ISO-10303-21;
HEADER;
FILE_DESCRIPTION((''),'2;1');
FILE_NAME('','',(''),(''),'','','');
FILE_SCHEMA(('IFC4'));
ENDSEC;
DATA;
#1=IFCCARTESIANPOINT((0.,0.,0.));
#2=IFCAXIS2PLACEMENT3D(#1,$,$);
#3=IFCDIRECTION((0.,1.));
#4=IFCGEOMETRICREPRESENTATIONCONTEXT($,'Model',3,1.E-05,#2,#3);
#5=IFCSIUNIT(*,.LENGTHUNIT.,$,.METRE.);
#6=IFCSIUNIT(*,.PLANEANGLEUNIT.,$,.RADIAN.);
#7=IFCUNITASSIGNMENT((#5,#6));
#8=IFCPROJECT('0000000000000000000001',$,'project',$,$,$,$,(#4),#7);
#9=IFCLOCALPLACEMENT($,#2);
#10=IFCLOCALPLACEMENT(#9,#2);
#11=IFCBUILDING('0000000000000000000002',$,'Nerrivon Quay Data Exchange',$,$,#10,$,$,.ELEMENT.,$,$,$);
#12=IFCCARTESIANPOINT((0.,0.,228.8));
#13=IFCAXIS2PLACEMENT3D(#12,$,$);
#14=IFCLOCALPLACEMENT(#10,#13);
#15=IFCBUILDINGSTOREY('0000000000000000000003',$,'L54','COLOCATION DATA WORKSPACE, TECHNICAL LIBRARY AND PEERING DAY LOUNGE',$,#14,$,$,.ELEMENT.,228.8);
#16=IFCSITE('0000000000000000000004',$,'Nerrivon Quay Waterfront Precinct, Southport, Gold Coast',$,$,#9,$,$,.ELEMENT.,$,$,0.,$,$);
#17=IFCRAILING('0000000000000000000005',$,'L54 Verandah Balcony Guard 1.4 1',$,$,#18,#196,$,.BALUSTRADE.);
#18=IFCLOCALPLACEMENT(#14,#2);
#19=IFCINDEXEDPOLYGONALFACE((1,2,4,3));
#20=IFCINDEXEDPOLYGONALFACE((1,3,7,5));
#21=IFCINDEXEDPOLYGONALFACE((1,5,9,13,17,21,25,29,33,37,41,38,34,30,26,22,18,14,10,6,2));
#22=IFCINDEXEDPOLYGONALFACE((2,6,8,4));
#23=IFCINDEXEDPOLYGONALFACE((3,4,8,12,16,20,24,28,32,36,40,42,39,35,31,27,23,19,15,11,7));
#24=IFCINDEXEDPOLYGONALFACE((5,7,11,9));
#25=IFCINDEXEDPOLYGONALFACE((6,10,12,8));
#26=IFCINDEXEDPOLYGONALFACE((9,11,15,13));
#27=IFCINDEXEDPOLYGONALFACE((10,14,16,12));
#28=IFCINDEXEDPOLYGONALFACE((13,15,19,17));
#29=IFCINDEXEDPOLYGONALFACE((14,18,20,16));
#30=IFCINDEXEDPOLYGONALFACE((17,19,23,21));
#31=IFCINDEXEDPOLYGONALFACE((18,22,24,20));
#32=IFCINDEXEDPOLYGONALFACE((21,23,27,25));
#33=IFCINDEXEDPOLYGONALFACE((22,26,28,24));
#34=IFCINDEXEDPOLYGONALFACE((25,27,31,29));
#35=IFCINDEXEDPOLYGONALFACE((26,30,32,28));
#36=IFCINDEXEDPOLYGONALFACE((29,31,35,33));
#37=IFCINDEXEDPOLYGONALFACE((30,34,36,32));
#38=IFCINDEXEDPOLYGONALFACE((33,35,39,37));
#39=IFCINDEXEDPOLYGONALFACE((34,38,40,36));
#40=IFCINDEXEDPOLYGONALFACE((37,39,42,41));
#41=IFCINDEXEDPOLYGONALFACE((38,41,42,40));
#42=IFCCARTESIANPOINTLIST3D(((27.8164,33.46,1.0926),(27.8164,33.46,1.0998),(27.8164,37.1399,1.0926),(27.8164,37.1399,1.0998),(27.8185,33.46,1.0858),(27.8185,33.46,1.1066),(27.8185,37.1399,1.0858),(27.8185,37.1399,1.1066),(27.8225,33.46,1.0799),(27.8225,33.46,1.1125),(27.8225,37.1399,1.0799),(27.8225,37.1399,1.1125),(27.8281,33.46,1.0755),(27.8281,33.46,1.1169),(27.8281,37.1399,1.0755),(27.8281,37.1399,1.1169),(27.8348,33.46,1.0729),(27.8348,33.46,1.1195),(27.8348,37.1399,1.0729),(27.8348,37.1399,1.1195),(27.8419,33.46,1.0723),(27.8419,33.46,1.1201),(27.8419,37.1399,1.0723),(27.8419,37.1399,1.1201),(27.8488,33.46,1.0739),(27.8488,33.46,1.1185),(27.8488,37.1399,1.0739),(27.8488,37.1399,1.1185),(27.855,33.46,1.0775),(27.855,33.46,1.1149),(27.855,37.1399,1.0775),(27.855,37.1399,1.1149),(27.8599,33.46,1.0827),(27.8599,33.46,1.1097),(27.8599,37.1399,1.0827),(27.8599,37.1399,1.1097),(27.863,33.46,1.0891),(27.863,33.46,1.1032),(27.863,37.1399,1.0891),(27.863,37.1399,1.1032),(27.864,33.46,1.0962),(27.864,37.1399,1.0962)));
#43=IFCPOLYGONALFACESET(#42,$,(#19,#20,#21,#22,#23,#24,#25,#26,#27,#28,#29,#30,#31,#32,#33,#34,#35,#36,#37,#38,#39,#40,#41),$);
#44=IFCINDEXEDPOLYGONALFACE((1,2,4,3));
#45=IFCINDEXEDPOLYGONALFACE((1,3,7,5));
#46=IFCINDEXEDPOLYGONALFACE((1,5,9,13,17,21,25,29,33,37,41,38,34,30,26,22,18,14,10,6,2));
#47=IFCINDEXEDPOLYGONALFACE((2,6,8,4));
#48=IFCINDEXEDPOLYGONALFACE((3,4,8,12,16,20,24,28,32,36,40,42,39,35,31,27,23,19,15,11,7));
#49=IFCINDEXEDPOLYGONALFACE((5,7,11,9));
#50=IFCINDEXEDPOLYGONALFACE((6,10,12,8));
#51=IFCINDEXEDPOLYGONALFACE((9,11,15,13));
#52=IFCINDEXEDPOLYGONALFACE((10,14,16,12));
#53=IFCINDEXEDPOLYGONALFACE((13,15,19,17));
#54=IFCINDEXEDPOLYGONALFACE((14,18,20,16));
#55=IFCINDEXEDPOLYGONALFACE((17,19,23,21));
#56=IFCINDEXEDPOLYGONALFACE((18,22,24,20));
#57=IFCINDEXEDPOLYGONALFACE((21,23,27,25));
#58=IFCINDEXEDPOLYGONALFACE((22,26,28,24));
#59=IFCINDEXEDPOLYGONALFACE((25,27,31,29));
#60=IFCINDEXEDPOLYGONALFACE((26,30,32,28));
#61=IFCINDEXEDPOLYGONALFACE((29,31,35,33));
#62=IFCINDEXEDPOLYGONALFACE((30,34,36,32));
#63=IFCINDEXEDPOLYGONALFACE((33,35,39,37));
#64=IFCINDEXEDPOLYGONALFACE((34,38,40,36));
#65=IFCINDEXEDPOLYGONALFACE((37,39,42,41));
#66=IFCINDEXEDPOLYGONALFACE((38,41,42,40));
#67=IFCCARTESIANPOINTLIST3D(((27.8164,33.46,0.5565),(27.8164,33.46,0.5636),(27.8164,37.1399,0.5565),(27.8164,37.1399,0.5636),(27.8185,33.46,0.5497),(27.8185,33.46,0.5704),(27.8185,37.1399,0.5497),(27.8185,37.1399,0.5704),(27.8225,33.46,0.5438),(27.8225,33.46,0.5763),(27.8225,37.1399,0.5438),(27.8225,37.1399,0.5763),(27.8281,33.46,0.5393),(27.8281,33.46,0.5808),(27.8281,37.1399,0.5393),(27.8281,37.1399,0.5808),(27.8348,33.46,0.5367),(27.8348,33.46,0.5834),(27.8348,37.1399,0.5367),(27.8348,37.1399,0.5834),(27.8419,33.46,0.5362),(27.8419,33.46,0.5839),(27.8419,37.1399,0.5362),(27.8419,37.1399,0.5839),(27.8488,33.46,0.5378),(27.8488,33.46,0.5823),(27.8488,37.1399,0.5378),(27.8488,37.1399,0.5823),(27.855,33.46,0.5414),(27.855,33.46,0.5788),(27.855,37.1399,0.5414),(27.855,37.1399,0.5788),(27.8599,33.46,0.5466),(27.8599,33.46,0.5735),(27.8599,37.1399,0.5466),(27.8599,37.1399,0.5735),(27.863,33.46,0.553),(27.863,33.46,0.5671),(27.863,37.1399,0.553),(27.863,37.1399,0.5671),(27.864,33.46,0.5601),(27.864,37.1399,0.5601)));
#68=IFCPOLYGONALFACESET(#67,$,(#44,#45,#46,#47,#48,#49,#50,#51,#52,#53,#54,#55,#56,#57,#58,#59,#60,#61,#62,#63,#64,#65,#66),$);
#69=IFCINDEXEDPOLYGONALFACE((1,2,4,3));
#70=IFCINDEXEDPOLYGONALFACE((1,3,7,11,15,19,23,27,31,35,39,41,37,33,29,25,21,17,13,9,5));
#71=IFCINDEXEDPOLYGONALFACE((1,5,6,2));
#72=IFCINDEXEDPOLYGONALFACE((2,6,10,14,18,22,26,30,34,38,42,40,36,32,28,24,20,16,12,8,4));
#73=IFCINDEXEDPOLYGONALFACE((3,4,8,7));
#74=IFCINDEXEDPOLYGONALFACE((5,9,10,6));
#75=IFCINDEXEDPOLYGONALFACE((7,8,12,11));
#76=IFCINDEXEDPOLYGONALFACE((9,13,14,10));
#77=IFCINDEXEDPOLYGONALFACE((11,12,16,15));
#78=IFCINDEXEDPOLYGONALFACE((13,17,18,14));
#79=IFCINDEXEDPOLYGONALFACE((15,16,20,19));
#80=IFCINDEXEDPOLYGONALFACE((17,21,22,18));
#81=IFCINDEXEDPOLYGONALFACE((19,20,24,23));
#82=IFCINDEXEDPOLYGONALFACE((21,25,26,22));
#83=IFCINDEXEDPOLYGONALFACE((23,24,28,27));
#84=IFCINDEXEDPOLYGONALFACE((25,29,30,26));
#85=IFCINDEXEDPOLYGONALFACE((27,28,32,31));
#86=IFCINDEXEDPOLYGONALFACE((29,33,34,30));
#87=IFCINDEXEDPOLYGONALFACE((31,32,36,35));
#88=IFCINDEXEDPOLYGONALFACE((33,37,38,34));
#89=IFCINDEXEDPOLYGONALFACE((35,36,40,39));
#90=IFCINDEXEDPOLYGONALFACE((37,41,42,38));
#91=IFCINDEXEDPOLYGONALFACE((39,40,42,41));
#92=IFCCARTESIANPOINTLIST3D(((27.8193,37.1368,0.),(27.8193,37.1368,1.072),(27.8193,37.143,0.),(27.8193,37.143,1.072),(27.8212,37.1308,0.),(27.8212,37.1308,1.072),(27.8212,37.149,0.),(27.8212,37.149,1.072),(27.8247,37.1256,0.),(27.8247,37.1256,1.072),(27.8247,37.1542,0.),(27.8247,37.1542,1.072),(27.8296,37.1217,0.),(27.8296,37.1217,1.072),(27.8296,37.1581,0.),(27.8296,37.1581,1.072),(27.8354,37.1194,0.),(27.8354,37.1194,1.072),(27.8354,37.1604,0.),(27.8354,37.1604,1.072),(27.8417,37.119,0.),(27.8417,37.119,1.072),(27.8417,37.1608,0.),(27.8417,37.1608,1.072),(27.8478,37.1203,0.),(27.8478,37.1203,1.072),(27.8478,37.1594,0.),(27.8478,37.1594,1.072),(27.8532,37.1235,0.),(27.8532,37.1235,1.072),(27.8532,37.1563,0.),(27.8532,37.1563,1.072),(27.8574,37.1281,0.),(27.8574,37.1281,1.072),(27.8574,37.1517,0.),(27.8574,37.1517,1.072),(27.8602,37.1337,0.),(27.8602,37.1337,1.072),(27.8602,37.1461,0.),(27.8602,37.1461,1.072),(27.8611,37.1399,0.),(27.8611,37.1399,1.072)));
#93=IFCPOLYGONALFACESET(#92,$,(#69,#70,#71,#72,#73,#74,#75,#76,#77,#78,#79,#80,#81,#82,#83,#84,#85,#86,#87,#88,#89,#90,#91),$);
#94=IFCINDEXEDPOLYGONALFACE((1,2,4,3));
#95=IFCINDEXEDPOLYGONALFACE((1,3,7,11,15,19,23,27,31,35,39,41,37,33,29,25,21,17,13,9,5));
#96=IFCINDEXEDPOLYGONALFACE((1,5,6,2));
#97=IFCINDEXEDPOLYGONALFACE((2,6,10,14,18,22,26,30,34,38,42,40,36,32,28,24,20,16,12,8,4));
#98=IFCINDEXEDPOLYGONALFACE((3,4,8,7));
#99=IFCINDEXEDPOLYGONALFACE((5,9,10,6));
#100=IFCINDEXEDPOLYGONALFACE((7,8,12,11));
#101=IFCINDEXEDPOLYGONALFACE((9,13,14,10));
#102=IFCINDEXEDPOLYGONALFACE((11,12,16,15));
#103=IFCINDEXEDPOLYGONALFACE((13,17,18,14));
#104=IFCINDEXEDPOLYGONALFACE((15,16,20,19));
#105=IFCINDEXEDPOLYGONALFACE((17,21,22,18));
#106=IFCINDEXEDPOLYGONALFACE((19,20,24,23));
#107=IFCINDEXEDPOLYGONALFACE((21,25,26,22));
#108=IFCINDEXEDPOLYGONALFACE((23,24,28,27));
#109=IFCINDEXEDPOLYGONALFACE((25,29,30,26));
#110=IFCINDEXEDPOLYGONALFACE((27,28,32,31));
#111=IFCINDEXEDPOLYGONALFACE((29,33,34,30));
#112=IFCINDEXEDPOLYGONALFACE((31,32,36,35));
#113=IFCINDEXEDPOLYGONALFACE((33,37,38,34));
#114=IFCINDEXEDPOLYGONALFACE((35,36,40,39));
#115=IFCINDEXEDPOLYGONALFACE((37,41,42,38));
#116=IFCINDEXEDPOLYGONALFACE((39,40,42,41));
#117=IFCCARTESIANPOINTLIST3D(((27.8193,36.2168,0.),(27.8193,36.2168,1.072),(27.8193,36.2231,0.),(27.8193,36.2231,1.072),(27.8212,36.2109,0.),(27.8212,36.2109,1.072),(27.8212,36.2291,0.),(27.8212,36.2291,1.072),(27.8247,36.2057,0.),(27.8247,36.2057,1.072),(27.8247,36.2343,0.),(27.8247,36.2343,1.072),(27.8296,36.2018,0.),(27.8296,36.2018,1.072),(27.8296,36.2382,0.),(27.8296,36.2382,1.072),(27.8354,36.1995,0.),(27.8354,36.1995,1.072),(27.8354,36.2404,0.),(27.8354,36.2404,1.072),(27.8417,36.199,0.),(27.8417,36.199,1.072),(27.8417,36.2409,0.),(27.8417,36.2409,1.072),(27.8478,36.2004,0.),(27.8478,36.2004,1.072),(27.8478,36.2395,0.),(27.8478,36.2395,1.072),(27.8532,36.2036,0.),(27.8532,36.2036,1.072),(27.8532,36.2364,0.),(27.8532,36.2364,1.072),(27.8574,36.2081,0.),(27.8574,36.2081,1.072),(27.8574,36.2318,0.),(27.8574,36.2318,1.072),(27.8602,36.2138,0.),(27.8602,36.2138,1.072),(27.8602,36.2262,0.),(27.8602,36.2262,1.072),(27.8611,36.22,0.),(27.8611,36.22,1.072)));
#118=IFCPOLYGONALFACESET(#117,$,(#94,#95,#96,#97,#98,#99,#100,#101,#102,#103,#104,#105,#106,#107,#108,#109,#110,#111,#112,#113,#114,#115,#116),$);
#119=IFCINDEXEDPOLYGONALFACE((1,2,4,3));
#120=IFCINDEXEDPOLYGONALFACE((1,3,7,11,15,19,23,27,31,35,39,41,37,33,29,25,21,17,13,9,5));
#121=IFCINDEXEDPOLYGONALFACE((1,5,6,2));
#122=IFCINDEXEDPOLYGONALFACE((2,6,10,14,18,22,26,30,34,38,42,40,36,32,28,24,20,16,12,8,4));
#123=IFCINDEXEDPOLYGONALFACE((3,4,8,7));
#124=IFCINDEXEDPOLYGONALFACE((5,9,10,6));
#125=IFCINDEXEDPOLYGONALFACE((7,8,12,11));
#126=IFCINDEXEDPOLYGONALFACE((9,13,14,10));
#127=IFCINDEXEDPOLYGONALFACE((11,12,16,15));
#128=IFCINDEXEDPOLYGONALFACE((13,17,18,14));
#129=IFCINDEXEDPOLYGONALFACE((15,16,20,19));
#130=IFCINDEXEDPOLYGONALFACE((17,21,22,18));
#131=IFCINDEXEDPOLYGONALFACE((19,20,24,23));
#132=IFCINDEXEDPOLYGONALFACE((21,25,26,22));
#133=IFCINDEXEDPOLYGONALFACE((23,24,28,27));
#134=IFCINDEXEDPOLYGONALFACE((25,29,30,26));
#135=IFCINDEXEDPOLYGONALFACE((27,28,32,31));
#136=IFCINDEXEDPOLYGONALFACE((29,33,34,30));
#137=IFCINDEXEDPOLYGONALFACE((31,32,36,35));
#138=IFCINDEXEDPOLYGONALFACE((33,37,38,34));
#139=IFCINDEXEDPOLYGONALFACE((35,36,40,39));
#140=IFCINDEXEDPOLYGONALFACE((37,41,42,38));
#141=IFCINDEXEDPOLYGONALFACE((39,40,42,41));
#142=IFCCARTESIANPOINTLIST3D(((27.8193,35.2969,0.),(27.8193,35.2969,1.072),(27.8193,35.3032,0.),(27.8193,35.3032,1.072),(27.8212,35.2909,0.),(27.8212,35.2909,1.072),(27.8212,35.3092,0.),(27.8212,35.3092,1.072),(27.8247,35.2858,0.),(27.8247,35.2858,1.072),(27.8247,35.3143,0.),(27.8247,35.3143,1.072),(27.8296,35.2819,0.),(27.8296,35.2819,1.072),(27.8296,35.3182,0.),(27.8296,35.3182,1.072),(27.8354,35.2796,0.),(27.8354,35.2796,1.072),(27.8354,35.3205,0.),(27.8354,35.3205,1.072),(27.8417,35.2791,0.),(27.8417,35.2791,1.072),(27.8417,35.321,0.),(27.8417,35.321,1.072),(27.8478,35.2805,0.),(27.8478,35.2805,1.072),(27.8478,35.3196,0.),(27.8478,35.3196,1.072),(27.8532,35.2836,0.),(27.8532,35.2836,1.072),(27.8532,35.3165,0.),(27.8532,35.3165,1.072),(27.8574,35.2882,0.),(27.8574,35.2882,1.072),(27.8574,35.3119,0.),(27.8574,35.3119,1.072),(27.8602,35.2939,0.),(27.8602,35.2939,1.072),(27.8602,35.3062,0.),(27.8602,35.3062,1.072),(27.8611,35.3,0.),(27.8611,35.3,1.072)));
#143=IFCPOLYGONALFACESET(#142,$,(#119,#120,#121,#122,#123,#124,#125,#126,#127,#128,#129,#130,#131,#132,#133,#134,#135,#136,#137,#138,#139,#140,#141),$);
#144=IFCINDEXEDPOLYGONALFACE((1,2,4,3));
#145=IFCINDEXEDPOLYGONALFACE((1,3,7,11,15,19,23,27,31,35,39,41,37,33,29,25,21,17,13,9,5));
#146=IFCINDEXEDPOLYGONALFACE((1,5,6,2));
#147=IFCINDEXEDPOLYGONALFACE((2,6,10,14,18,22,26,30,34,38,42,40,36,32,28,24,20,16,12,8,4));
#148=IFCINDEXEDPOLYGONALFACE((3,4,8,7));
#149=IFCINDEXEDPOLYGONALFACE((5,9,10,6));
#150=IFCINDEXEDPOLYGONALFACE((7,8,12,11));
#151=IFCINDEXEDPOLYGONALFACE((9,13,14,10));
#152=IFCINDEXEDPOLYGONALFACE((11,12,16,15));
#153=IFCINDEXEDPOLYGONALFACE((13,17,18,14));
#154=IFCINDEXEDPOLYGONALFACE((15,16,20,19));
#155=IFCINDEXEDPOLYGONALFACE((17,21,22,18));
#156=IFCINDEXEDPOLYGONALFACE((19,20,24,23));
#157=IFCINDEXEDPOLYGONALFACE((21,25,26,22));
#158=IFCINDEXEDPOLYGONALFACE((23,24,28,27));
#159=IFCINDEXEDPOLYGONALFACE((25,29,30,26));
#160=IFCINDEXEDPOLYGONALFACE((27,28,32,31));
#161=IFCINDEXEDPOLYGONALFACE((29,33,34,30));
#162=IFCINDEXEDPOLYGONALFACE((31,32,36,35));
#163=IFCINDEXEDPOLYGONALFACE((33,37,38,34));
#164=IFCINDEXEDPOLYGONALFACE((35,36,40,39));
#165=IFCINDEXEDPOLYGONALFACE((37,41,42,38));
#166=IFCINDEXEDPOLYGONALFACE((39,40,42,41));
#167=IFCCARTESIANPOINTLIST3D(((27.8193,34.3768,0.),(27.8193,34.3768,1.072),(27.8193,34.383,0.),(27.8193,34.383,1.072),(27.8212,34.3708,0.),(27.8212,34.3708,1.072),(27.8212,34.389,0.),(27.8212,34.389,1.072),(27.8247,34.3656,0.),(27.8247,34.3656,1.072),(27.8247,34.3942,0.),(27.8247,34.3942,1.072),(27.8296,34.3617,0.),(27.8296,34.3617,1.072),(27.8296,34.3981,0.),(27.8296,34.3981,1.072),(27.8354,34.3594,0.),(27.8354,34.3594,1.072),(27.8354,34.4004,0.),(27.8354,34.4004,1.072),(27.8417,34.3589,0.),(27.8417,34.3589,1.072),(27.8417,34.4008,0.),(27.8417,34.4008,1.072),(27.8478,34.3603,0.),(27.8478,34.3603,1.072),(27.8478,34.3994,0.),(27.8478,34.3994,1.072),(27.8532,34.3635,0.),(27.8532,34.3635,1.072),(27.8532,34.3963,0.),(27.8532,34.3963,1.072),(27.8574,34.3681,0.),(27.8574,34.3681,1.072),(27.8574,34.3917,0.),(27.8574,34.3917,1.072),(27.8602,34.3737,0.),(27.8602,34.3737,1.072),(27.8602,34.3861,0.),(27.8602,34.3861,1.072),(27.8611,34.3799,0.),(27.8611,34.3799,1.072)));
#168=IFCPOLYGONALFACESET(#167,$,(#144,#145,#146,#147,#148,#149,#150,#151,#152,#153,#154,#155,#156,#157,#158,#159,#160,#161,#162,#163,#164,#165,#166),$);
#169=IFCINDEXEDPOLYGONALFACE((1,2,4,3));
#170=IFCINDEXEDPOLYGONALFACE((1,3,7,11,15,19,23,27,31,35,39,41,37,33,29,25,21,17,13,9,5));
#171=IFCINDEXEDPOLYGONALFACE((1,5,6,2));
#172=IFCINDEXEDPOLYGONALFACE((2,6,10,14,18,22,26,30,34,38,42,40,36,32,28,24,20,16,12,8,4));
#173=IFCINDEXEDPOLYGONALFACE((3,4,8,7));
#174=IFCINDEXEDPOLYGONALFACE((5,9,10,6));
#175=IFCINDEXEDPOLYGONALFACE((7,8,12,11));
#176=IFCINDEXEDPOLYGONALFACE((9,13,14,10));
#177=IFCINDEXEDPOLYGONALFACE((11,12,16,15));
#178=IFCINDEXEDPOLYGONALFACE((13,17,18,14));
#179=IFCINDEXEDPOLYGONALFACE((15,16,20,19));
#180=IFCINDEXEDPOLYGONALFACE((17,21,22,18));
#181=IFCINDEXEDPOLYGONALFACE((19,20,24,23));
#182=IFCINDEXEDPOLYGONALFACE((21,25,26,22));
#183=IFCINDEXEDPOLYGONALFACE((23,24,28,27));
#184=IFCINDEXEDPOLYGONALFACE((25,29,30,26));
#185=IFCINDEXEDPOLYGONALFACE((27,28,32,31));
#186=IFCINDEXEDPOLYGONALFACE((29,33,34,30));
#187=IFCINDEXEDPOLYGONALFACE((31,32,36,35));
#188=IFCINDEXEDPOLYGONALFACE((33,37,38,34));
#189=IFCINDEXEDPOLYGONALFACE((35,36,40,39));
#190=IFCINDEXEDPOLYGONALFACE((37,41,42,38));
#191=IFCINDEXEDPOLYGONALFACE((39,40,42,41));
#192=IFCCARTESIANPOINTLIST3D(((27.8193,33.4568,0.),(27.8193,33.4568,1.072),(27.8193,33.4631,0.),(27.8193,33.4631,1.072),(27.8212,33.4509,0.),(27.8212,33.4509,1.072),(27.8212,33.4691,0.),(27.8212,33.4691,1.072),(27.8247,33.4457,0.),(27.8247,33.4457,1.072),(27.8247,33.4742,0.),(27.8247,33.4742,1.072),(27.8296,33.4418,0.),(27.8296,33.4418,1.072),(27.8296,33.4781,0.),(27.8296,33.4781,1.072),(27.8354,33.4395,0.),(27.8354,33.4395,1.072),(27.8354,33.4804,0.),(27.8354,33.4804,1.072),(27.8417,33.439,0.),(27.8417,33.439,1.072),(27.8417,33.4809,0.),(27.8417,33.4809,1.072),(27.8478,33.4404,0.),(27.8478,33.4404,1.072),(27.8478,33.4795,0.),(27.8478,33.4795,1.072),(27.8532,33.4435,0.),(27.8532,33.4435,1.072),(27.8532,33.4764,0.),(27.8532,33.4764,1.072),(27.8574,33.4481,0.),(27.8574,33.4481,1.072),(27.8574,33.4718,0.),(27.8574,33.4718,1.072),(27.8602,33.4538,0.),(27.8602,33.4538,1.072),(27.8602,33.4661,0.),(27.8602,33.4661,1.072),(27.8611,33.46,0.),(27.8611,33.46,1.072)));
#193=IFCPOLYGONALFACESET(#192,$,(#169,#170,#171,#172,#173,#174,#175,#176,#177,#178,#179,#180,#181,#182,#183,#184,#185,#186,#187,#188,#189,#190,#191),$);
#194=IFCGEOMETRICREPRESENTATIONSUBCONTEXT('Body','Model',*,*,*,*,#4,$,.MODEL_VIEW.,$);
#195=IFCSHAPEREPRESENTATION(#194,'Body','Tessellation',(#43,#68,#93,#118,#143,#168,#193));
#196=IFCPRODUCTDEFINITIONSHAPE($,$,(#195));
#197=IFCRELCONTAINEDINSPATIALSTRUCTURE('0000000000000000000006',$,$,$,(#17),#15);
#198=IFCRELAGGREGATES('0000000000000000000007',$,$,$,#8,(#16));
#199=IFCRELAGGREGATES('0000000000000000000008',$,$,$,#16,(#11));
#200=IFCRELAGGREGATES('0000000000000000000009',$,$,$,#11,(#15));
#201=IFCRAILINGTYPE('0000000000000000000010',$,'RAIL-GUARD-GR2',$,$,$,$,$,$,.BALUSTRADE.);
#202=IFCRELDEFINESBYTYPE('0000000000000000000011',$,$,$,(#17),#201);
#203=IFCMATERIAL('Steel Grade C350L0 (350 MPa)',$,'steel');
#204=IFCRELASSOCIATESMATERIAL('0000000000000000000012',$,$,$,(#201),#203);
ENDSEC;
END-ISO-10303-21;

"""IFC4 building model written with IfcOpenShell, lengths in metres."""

from ifc_helpers import new_model, si_unit, direction, frame, origin, origin_2d, place, context, subcontext, project, spatial, circle, extrude, material, type_object, element, save


model = new_model("IFC4")

# Units and contexts
model_context = context("Model", 3, precision=1e-05, world=origin(), true_north=direction((0.0, 1.0)))
body_context = subcontext(model_context, "Body", "Model", "MODEL_VIEW")
ifc_project = project(units=[si_unit("LENGTHUNIT", "METRE"), si_unit("PLANEANGLEUNIT", "RADIAN")], contexts=[model_context])

# Site, building, storey
site_placement = place(None, origin())
site = spatial("IfcSite", under=ifc_project, at=site_placement, Name="Nerrivon Quay Waterfront Precinct, Southport, Gold Coast", CompositionType="ELEMENT", RefElevation=0.0)
building_placement = place(site_placement, origin())
building = spatial("IfcBuilding", under=site, at=building_placement, Name="Nerrivon Quay Data Exchange", CompositionType="ELEMENT")
storey_placement = place(building_placement, frame((0.0, 0.0, 228.8)))
storey = spatial("IfcBuildingStorey", under=building, at=storey_placement, Name="L54", Description="COLOCATION DATA WORKSPACE, TECHNICAL LIBRARY AND PEERING DAY LOUNGE", CompositionType="ELEMENT", Elevation=228.8)

# Shared definitions
ifc_material_1 = material(Name="Steel Grade C350L0 (350 MPa)", Category="steel")

# Railing
railing_type = type_object("IfcRailingType", Name="RAIL-GUARD-GR2", PredefinedType="BALUSTRADE", material=ifc_material_1)
railing_1_placement = place(storey_placement, frame((27.8401, 37.1399, 0.0)))
element("IfcRailing", 1, at=railing_1_placement, inside=storey, type_object=railing_type, Name="L54 Verandah Balcony Guard 1.4 1", PredefinedType="BALUSTRADE", context=body_context, shape_type="SweptSolid", body=[
    extrude(circle(Radius=0.0239, at=origin_2d()), frame((0.0, 0.0, 1.0962), z_axis=(0.0, -1.0, 0.0), x_axis=(1.0, 0.0, 0.0)), (0.0, 0.0, 1.0), 3.6799),
    extrude(circle(Radius=0.0239, at=origin_2d()), frame((0.0, 0.0, 0.5601), z_axis=(0.0, -1.0, 0.0), x_axis=(1.0, 0.0, 0.0)), (0.0, 0.0, 1.0), 3.6799),
    extrude(circle(Radius=0.021, at=origin_2d()), origin(), (0.0, 0.0, 1.0), 1.072),
    extrude(circle(Radius=0.021, at=origin_2d()), frame((0.0, -0.9199, 0.0)), (0.0, 0.0, 1.0), 1.072),
    extrude(circle(Radius=0.021, at=origin_2d()), frame((0.0, -1.8398, 0.0)), (0.0, 0.0, 1.0), 1.072),
    extrude(circle(Radius=0.021, at=origin_2d()), frame((0.0, -2.76, 0.0)), (0.0, 0.0, 1.0), 1.072),
    extrude(circle(Radius=0.021, at=origin_2d()), frame((0.0, -3.6799, 0.0)), (0.0, 0.0, 1.0), 1.072),
])

save(model, "model.ifc")
